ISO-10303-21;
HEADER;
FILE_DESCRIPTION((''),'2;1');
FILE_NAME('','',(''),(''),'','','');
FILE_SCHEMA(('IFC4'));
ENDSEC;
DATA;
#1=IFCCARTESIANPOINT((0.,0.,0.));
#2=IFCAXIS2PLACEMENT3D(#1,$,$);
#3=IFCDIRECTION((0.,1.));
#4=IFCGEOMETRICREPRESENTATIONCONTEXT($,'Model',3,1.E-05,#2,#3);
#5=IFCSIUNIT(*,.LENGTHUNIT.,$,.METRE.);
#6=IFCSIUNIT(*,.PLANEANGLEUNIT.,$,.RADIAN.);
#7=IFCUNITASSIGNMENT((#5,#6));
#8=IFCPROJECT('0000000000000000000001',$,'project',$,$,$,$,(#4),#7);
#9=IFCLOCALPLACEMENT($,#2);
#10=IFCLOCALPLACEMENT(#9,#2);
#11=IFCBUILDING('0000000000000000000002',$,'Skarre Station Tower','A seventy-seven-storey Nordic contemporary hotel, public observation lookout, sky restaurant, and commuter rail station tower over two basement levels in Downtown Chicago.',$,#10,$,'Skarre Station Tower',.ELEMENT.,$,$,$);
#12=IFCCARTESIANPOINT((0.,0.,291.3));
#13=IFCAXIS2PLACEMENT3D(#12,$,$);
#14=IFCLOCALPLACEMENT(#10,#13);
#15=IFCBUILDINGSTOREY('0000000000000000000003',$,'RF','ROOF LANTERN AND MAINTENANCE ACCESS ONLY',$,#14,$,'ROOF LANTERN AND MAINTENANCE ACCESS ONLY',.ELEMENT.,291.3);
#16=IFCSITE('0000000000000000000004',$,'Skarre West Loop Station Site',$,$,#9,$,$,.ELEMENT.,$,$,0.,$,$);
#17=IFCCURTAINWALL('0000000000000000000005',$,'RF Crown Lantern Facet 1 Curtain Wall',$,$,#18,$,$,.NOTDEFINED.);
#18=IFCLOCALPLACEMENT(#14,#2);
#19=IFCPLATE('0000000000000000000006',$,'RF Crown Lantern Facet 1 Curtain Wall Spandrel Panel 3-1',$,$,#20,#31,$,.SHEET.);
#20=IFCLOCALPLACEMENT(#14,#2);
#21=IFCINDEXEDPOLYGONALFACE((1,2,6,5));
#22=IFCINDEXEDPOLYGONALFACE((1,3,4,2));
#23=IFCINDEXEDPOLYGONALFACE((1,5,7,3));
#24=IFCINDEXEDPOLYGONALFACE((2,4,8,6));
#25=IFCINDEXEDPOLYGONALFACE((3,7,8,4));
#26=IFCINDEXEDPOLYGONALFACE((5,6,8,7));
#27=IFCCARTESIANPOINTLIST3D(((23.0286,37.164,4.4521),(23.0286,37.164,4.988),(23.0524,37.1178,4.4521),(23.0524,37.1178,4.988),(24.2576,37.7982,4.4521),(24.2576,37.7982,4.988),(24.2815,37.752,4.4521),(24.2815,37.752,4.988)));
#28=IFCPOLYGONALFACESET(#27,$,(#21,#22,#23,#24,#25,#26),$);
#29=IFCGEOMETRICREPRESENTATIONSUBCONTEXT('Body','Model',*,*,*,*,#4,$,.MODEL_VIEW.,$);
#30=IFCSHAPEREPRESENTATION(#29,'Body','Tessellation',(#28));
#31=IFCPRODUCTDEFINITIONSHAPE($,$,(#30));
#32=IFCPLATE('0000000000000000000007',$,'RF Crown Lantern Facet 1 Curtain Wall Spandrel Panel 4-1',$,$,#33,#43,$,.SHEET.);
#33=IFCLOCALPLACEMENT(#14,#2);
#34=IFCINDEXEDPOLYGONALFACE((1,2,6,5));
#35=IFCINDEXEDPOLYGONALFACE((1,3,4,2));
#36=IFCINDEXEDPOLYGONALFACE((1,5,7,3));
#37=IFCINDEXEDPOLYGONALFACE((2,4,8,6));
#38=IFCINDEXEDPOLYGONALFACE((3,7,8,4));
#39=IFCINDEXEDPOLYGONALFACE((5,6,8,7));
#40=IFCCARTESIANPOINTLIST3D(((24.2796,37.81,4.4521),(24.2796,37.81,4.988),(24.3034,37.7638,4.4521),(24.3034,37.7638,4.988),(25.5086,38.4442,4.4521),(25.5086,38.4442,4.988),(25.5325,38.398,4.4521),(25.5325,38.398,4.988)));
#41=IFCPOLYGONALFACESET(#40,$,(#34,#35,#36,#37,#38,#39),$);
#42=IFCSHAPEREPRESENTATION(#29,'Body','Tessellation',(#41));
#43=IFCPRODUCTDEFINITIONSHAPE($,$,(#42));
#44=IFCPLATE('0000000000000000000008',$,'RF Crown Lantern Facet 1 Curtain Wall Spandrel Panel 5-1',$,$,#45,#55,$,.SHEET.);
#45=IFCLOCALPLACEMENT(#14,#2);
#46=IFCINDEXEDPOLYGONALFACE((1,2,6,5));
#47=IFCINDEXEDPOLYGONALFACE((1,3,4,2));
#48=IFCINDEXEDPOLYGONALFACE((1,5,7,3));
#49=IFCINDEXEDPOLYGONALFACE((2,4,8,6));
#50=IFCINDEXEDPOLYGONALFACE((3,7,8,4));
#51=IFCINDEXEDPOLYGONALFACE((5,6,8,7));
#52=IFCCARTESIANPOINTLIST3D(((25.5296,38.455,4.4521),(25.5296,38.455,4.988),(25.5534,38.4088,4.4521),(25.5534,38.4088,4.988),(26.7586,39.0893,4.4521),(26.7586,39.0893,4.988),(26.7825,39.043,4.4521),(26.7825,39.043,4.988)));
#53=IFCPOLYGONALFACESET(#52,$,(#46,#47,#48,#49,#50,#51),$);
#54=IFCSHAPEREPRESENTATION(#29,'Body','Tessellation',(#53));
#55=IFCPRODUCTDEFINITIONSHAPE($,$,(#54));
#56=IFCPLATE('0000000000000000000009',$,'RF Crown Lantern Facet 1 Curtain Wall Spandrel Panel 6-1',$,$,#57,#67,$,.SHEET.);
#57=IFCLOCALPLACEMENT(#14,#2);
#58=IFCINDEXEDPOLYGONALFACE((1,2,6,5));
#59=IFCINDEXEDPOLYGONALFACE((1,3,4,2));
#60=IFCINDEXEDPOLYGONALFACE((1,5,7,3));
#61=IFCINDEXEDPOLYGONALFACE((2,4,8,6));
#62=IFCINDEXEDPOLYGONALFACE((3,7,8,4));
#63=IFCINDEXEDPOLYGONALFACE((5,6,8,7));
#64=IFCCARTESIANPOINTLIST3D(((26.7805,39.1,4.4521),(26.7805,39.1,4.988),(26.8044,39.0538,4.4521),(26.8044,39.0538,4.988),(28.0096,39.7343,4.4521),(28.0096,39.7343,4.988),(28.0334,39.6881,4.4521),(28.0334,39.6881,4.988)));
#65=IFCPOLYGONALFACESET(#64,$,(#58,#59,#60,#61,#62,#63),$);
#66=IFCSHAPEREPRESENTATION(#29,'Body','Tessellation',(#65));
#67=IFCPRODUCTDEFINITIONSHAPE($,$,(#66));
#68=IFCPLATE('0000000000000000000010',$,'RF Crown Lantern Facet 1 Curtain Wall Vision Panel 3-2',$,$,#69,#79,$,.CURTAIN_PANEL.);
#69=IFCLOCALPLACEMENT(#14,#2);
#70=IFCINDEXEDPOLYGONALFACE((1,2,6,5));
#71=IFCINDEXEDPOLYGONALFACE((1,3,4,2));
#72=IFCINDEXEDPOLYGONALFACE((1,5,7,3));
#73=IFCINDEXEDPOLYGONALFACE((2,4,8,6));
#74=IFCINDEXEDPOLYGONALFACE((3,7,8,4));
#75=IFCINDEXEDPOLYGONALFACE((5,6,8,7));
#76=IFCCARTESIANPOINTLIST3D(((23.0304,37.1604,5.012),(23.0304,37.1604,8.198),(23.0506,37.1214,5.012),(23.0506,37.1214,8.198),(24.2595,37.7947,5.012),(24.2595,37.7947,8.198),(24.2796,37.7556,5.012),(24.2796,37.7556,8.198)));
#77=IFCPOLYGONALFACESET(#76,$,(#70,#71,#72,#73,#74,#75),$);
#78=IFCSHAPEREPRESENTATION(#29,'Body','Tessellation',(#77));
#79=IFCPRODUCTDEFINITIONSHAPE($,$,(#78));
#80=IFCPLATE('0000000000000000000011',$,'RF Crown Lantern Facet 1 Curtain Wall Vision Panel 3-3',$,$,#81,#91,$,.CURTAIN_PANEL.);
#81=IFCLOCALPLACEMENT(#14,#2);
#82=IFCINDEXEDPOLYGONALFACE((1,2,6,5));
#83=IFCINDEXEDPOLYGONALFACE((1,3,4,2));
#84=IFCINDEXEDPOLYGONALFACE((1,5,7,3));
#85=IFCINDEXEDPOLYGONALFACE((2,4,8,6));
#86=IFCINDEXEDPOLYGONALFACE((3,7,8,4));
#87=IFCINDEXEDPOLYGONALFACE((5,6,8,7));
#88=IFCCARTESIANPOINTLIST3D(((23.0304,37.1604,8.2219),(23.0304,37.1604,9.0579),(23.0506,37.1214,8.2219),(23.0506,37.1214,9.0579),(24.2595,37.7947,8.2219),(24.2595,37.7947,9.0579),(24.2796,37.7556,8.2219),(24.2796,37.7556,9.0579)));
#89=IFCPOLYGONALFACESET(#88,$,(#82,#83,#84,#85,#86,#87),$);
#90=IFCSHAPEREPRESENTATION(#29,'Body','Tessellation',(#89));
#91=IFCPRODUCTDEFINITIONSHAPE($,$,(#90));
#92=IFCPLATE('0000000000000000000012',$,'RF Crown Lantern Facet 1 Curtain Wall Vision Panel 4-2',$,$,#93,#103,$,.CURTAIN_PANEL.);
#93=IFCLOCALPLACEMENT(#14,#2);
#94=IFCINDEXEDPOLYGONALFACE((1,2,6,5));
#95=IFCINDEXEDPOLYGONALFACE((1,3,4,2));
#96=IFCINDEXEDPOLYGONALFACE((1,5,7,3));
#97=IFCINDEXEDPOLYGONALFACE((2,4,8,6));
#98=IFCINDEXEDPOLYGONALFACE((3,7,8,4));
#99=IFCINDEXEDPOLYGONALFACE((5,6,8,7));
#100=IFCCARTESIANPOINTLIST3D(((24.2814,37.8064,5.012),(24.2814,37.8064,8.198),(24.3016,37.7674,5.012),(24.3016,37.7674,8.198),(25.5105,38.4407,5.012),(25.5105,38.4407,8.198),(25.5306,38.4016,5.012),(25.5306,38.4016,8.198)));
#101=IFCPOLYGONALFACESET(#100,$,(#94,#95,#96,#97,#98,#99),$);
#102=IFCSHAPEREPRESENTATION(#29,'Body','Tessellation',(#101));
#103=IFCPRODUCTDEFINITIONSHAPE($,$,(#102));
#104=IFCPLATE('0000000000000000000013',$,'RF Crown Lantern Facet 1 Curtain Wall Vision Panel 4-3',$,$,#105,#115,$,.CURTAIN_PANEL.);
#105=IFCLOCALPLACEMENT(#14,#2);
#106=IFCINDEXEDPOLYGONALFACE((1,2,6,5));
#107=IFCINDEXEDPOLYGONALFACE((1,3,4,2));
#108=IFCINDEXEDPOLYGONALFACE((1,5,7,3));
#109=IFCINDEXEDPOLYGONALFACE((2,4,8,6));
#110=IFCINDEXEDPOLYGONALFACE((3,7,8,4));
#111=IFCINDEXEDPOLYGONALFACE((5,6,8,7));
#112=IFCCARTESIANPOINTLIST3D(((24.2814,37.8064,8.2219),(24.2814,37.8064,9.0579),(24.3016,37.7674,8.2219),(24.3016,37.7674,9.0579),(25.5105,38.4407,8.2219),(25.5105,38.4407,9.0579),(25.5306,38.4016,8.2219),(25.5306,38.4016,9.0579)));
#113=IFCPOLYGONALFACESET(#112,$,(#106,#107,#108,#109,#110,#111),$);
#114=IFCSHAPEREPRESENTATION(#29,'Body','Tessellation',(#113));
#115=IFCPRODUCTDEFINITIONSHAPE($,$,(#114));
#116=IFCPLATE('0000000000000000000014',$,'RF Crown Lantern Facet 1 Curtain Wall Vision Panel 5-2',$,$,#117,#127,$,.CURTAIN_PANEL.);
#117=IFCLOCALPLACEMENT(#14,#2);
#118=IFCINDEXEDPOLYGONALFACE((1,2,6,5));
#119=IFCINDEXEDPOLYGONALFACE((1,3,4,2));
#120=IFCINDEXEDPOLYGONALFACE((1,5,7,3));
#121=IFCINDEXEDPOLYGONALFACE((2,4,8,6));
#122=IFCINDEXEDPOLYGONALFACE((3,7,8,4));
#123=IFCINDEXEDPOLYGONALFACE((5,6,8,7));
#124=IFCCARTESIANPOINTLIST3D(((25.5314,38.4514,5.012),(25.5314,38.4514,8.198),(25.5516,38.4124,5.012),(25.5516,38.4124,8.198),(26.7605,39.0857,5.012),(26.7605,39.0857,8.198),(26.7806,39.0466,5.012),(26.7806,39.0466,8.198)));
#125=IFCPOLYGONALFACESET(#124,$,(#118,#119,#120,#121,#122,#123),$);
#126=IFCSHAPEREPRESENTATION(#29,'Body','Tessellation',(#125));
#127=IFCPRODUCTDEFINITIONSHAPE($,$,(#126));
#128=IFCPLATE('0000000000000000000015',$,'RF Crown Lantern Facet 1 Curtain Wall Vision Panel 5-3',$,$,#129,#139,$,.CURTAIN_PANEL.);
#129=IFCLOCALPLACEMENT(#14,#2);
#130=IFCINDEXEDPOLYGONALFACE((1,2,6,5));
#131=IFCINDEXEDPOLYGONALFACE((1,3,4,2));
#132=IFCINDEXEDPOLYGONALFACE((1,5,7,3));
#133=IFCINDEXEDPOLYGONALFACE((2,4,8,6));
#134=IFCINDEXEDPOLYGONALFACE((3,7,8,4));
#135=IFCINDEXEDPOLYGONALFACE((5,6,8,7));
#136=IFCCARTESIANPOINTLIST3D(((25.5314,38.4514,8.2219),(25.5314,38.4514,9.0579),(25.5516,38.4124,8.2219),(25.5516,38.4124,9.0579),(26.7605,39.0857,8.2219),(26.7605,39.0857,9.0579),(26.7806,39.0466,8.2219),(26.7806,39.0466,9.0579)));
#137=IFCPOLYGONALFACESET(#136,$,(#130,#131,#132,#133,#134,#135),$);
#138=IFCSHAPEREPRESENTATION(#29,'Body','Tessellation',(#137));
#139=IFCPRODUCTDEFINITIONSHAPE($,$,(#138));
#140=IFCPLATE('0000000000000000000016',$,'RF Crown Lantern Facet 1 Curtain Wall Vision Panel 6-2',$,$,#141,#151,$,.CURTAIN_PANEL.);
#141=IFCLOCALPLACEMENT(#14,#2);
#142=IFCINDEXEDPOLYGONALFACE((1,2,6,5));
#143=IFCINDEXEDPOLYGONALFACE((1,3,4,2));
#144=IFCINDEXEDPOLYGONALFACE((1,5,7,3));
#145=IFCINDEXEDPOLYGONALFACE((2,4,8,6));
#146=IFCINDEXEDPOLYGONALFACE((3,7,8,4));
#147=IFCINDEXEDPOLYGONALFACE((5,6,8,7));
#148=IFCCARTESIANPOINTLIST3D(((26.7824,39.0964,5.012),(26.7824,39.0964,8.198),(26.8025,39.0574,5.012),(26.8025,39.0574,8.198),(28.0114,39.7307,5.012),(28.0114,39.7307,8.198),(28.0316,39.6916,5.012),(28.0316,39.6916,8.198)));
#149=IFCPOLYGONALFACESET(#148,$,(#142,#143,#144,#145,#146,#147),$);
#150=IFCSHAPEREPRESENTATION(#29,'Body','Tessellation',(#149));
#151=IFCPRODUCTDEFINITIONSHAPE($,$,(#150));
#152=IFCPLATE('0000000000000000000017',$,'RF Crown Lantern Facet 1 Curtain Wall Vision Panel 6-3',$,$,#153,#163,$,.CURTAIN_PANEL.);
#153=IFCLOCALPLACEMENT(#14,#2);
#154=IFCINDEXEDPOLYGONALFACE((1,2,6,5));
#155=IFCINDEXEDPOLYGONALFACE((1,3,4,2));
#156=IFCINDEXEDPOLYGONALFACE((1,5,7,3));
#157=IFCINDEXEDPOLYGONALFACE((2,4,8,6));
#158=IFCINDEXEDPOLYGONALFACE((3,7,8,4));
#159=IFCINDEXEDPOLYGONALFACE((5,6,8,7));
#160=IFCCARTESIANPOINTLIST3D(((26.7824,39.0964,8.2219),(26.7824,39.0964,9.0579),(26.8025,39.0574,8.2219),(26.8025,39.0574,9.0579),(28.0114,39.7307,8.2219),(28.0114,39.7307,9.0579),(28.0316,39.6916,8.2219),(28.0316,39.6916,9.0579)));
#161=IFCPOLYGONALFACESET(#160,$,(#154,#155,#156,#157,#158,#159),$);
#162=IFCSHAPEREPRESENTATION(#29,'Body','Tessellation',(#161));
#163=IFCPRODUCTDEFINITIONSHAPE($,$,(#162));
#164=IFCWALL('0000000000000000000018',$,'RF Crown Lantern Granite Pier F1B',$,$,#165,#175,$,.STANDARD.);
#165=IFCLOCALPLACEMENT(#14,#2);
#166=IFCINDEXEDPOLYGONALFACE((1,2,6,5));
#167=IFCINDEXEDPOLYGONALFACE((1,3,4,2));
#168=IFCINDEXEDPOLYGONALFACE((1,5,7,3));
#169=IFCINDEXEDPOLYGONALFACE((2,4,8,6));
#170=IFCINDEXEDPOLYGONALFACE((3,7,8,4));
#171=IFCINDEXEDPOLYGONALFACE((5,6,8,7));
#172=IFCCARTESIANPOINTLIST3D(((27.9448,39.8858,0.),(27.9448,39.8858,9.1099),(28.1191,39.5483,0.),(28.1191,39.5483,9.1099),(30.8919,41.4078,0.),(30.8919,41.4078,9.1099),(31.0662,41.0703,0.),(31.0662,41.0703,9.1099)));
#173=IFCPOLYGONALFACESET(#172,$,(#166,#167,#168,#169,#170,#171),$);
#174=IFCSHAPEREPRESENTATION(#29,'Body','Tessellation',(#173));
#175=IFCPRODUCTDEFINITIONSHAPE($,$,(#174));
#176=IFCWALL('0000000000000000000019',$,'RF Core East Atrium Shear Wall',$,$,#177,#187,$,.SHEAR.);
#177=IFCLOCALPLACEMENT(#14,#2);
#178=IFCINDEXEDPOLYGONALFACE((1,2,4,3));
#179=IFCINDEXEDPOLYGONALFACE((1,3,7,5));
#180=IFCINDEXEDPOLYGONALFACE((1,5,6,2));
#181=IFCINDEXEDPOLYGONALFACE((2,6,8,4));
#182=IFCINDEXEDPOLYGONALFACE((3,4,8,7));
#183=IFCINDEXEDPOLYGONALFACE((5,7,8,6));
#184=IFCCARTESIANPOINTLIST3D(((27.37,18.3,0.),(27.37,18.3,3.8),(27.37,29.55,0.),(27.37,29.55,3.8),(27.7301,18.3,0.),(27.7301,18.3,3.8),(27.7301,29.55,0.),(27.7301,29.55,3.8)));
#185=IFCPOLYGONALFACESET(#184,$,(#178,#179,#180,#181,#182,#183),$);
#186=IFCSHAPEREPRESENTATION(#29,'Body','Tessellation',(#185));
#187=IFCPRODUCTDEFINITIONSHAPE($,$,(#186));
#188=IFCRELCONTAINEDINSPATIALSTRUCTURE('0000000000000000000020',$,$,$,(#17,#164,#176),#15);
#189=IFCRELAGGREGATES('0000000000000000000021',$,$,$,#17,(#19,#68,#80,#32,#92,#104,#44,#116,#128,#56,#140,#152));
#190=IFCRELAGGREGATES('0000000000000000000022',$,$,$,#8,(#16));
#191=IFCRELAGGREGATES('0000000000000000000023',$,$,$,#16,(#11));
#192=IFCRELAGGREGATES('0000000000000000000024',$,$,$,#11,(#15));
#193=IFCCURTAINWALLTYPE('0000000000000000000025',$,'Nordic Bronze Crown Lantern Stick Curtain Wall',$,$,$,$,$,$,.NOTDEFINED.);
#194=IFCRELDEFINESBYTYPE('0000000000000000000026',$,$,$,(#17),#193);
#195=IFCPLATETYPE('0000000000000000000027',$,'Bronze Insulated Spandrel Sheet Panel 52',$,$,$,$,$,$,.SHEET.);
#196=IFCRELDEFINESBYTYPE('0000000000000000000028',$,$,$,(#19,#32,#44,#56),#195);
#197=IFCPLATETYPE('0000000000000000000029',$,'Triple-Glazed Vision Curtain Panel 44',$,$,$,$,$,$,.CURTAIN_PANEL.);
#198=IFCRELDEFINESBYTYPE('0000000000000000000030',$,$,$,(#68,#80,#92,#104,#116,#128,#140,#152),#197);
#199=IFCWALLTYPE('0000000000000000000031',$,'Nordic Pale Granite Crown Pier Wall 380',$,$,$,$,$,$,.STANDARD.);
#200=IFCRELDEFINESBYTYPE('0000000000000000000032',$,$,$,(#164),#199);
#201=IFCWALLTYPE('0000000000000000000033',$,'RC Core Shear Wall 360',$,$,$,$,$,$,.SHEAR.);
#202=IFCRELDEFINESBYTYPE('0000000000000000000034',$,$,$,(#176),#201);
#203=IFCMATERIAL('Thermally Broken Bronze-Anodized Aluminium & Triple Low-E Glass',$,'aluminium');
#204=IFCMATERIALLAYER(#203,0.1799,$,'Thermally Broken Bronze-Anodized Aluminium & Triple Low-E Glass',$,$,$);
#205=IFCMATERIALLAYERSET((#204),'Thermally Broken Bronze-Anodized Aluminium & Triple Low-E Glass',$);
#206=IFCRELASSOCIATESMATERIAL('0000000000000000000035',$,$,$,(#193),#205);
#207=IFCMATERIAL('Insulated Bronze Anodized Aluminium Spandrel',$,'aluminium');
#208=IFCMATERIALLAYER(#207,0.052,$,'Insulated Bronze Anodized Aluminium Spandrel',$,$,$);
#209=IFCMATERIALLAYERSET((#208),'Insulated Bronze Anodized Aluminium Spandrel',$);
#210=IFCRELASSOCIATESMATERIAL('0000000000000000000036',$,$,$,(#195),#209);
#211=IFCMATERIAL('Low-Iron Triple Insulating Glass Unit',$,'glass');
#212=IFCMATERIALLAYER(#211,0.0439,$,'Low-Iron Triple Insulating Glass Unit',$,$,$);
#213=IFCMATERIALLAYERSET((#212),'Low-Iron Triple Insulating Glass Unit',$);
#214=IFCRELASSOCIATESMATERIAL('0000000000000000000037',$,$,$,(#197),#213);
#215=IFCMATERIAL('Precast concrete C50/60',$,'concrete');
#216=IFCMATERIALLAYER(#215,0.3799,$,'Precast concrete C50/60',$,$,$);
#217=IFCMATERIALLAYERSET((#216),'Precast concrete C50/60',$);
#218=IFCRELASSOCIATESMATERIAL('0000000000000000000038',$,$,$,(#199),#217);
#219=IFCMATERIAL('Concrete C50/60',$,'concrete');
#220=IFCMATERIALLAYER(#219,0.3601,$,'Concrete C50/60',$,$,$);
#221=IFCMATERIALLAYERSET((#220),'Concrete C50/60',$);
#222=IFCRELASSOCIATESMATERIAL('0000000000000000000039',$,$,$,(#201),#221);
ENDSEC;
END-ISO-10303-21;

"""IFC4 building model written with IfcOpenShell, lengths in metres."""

from ifc_helpers import new_model, si_unit, direction, frame, frame_2d, origin, origin_2d, place, context, subcontext, project, spatial, rectangle, extrude, material, layer, layer_set, type_object, element, aggregate, save


model = new_model("IFC4")

# Units and contexts
model_context = context("Model", 3, precision=1e-05, world=origin(), true_north=direction((0.0, 1.0)))
body_context = subcontext(model_context, "Body", "Model", "MODEL_VIEW")
ifc_project = project(units=[si_unit("LENGTHUNIT", "METRE"), si_unit("PLANEANGLEUNIT", "RADIAN")], contexts=[model_context])

# Site, building, storey
site_placement = place(None, origin())
site = spatial("IfcSite", under=ifc_project, at=site_placement, Name="Skarre West Loop Station Site", CompositionType="ELEMENT", RefElevation=0.0)
building_placement = place(site_placement, origin())
building = spatial("IfcBuilding", under=site, at=building_placement, Name="Skarre Station Tower", Description="A seventy-seven-storey Nordic contemporary hotel, public observation lookout, sky restaurant, and commuter rail station tower over two basement levels in Downtown Chicago.", LongName="Skarre Station Tower", CompositionType="ELEMENT")
storey_placement = place(building_placement, frame((0.0, 0.0, 291.3)))
storey = spatial("IfcBuildingStorey", under=building, at=storey_placement, Name="RF", Description="ROOF LANTERN AND MAINTENANCE ACCESS ONLY", LongName="ROOF LANTERN AND MAINTENANCE ACCESS ONLY", CompositionType="ELEMENT", Elevation=291.3)

# Curtain wall
ifc_material_1 = material(Name="Thermally Broken Bronze-Anodized Aluminium & Triple Low-E Glass", Category="aluminium")
ifc_layer_1 = layer(ifc_material_1, 0.1799, Name="Thermally Broken Bronze-Anodized Aluminium & Triple Low-E Glass")
ifc_layer_set_1 = layer_set([ifc_layer_1], Name="Thermally Broken Bronze-Anodized Aluminium & Triple Low-E Glass")
curtain_wall_type = type_object("IfcCurtainWallType", Name="Nordic Bronze Crown Lantern Stick Curtain Wall", PredefinedType="NOTDEFINED", material=ifc_layer_set_1)
curtain_wall_placement = place(storey_placement, origin())
curtain_wall = element("IfcCurtainWall", 1, at=curtain_wall_placement, inside=storey, type_object=curtain_wall_type, Name="RF Crown Lantern Facet 1 Curtain Wall", PredefinedType="NOTDEFINED")

# Plates
ifc_material_2 = material(Name="Insulated Bronze Anodized Aluminium Spandrel", Category="aluminium")
ifc_layer_2 = layer(ifc_material_2, 0.052, Name="Insulated Bronze Anodized Aluminium Spandrel")
ifc_layer_set_2 = layer_set([ifc_layer_2], Name="Insulated Bronze Anodized Aluminium Spandrel")
plate_type_1 = type_object("IfcPlateType", Name="Bronze Insulated Spandrel Sheet Panel 52", PredefinedType="SHEET", material=ifc_layer_set_2)
plate_1_placement = place(storey_placement, frame((23.655, 37.458, 4.4521), z_axis=(0.0, 0.0, 1.0), x_axis=(0.888649, 0.458588, 0.0)))
plate_1 = element("IfcPlate", 2, at=plate_1_placement, type_object=plate_type_1, Name="RF Crown Lantern Facet 1 Curtain Wall Spandrel Panel 3-1", PredefinedType="SHEET", context=body_context, shape_type="SweptSolid", body=[
    extrude(rectangle(XDim=1.3831, YDim=0.052, at=origin_2d()), origin(), (0.0, 0.0, 1.0), 0.5359),
])
plate_2_placement = place(storey_placement, frame((24.906, 38.104, 4.4521), z_axis=(0.0, 0.0, 1.0), x_axis=(0.888649, 0.458588, 0.0)))
plate_2 = element("IfcPlate", 3, at=plate_2_placement, type_object=plate_type_1, Name="RF Crown Lantern Facet 1 Curtain Wall Spandrel Panel 4-1", PredefinedType="SHEET", context=body_context, shape_type="SweptSolid", body=[
    extrude(rectangle(XDim=1.3831, YDim=0.052, at=origin_2d()), origin(), (0.0, 0.0, 1.0), 0.5359),
])
plate_3_placement = place(storey_placement, frame((26.156, 38.749, 4.4521), z_axis=(0.0, 0.0, 1.0), x_axis=(0.888649, 0.458588, 0.0)))
plate_3 = element("IfcPlate", 4, at=plate_3_placement, type_object=plate_type_1, Name="RF Crown Lantern Facet 1 Curtain Wall Spandrel Panel 5-1", PredefinedType="SHEET", context=body_context, shape_type="SweptSolid", body=[
    extrude(rectangle(XDim=1.3831, YDim=0.052, at=origin_2d()), origin(), (0.0, 0.0, 1.0), 0.5359),
])
plate_4_placement = place(storey_placement, frame((27.407, 39.394, 4.4521), z_axis=(0.0, 0.0, 1.0), x_axis=(0.888649, 0.458588, 0.0)))
plate_4 = element("IfcPlate", 5, at=plate_4_placement, type_object=plate_type_1, Name="RF Crown Lantern Facet 1 Curtain Wall Spandrel Panel 6-1", PredefinedType="SHEET", context=body_context, shape_type="SweptSolid", body=[
    extrude(rectangle(XDim=1.3831, YDim=0.052, at=origin_2d()), origin(), (0.0, 0.0, 1.0), 0.5359),
])
ifc_material_3 = material(Name="Low-Iron Triple Insulating Glass Unit", Category="glass")
ifc_layer_3 = layer(ifc_material_3, 0.0439, Name="Low-Iron Triple Insulating Glass Unit")
ifc_layer_set_3 = layer_set([ifc_layer_3], Name="Low-Iron Triple Insulating Glass Unit")
plate_type_2 = type_object("IfcPlateType", Name="Triple-Glazed Vision Curtain Panel 44", PredefinedType="CURTAIN_PANEL", material=ifc_layer_set_3)
plate_5_placement = place(storey_placement, frame((23.655, 37.458, 5.012), z_axis=(0.0, 0.0, 1.0), x_axis=(0.888649, 0.458588, 0.0)))
plate_5 = element("IfcPlate", 6, at=plate_5_placement, type_object=plate_type_2, Name="RF Crown Lantern Facet 1 Curtain Wall Vision Panel 3-2", PredefinedType="CURTAIN_PANEL", context=body_context, shape_type="SweptSolid", body=[
    extrude(rectangle(XDim=1.3831, YDim=0.0439, at=origin_2d()), origin(), (0.0, 0.0, 1.0), 3.186),
])
plate_6_placement = place(storey_placement, frame((23.655, 37.458, 8.2219), z_axis=(0.0, 0.0, 1.0), x_axis=(0.888649, 0.458588, 0.0)))
plate_6 = element("IfcPlate", 7, at=plate_6_placement, type_object=plate_type_2, Name="RF Crown Lantern Facet 1 Curtain Wall Vision Panel 3-3", PredefinedType="CURTAIN_PANEL", context=body_context, shape_type="SweptSolid", body=[
    extrude(rectangle(XDim=1.3831, YDim=0.0439, at=origin_2d()), origin(), (0.0, 0.0, 1.0), 0.8359),
])
plate_7_placement = place(storey_placement, frame((24.906, 38.104, 5.012), z_axis=(0.0, 0.0, 1.0), x_axis=(0.888649, 0.458588, 0.0)))
plate_7 = element("IfcPlate", 8, at=plate_7_placement, type_object=plate_type_2, Name="RF Crown Lantern Facet 1 Curtain Wall Vision Panel 4-2", PredefinedType="CURTAIN_PANEL", context=body_context, shape_type="SweptSolid", body=[
    extrude(rectangle(XDim=1.3831, YDim=0.0439, at=origin_2d()), origin(), (0.0, 0.0, 1.0), 3.186),
])
plate_8_placement = place(storey_placement, frame((24.906, 38.104, 8.2219), z_axis=(0.0, 0.0, 1.0), x_axis=(0.888649, 0.458588, 0.0)))
plate_8 = element("IfcPlate", 9, at=plate_8_placement, type_object=plate_type_2, Name="RF Crown Lantern Facet 1 Curtain Wall Vision Panel 4-3", PredefinedType="CURTAIN_PANEL", context=body_context, shape_type="SweptSolid", body=[
    extrude(rectangle(XDim=1.3831, YDim=0.0439, at=origin_2d()), origin(), (0.0, 0.0, 1.0), 0.8359),
])
plate_9_placement = place(storey_placement, frame((26.156, 38.749, 5.012), z_axis=(0.0, 0.0, 1.0), x_axis=(0.888649, 0.458588, 0.0)))
plate_9 = element("IfcPlate", 10, at=plate_9_placement, type_object=plate_type_2, Name="RF Crown Lantern Facet 1 Curtain Wall Vision Panel 5-2", PredefinedType="CURTAIN_PANEL", context=body_context, shape_type="SweptSolid", body=[
    extrude(rectangle(XDim=1.3831, YDim=0.0439, at=origin_2d()), origin(), (0.0, 0.0, 1.0), 3.186),
])
plate_10_placement = place(storey_placement, frame((26.156, 38.749, 8.2219), z_axis=(0.0, 0.0, 1.0), x_axis=(0.888649, 0.458588, 0.0)))
plate_10 = element("IfcPlate", 11, at=plate_10_placement, type_object=plate_type_2, Name="RF Crown Lantern Facet 1 Curtain Wall Vision Panel 5-3", PredefinedType="CURTAIN_PANEL", context=body_context, shape_type="SweptSolid", body=[
    extrude(rectangle(XDim=1.3831, YDim=0.0439, at=origin_2d()), origin(), (0.0, 0.0, 1.0), 0.8359),
])
plate_11_placement = place(storey_placement, frame((27.407, 39.394, 5.012), z_axis=(0.0, 0.0, 1.0), x_axis=(0.888649, 0.458588, 0.0)))
plate_11 = element("IfcPlate", 12, at=plate_11_placement, type_object=plate_type_2, Name="RF Crown Lantern Facet 1 Curtain Wall Vision Panel 6-2", PredefinedType="CURTAIN_PANEL", context=body_context, shape_type="SweptSolid", body=[
    extrude(rectangle(XDim=1.3831, YDim=0.0439, at=origin_2d()), origin(), (0.0, 0.0, 1.0), 3.186),
])
plate_12_placement = place(storey_placement, frame((27.407, 39.394, 8.2219), z_axis=(0.0, 0.0, 1.0), x_axis=(0.888649, 0.458588, 0.0)))
plate_12 = element("IfcPlate", 13, at=plate_12_placement, type_object=plate_type_2, Name="RF Crown Lantern Facet 1 Curtain Wall Vision Panel 6-3", PredefinedType="CURTAIN_PANEL", context=body_context, shape_type="SweptSolid", body=[
    extrude(rectangle(XDim=1.3831, YDim=0.0439, at=origin_2d()), origin(), (0.0, 0.0, 1.0), 0.8359),
])
aggregate(curtain_wall, [plate_1, plate_5, plate_6, plate_2, plate_7, plate_8, plate_3, plate_9, plate_10, plate_4, plate_11, plate_12])

# Walls
ifc_material_4 = material(Name="Precast concrete C50/60", Category="concrete")
ifc_layer_4 = layer(ifc_material_4, 0.3799, Name="Precast concrete C50/60")
ifc_layer_set_4 = layer_set([ifc_layer_4], Name="Precast concrete C50/60")
wall_type_1 = type_object("IfcWallType", Name="Nordic Pale Granite Crown Pier Wall 380", PredefinedType="STANDARD", material=ifc_layer_set_4)
wall_1_placement = place(storey_placement, frame((28.032, 39.717, 0.0), z_axis=(0.0, 0.0, 1.0), x_axis=(0.888506, 0.458864, 0.0)))
element("IfcWall", 14, at=wall_1_placement, inside=storey, type_object=wall_type_1, Name="RF Crown Lantern Granite Pier F1B", PredefinedType="STANDARD", context=body_context, shape_type="SweptSolid", body=[
    extrude(rectangle(XDim=3.3169, YDim=0.3799, at=frame_2d((1.6584, 0.0))), origin(), (0.0, 0.0, 1.0), 9.1099),
])
ifc_material_5 = material(Name="Concrete C50/60", Category="concrete")
ifc_layer_5 = layer(ifc_material_5, 0.3601, Name="Concrete C50/60")
ifc_layer_set_5 = layer_set([ifc_layer_5], Name="Concrete C50/60")
wall_type_2 = type_object("IfcWallType", Name="RC Core Shear Wall 360", PredefinedType="SHEAR", material=ifc_layer_set_5)
wall_2_placement = place(storey_placement, frame((27.55, 29.55, 0.0), z_axis=(0.0, 0.0, 1.0), x_axis=(0.0, -1.0, 0.0)))
element("IfcWall", 15, at=wall_2_placement, inside=storey, type_object=wall_type_2, Name="RF Core East Atrium Shear Wall", PredefinedType="SHEAR", context=body_context, shape_type="SweptSolid", body=[
    extrude(rectangle(XDim=11.25, YDim=0.3601, at=frame_2d((5.625, 0.0))), origin(), (0.0, 0.0, 1.0), 3.8),
])

save(model, "model.ifc")
